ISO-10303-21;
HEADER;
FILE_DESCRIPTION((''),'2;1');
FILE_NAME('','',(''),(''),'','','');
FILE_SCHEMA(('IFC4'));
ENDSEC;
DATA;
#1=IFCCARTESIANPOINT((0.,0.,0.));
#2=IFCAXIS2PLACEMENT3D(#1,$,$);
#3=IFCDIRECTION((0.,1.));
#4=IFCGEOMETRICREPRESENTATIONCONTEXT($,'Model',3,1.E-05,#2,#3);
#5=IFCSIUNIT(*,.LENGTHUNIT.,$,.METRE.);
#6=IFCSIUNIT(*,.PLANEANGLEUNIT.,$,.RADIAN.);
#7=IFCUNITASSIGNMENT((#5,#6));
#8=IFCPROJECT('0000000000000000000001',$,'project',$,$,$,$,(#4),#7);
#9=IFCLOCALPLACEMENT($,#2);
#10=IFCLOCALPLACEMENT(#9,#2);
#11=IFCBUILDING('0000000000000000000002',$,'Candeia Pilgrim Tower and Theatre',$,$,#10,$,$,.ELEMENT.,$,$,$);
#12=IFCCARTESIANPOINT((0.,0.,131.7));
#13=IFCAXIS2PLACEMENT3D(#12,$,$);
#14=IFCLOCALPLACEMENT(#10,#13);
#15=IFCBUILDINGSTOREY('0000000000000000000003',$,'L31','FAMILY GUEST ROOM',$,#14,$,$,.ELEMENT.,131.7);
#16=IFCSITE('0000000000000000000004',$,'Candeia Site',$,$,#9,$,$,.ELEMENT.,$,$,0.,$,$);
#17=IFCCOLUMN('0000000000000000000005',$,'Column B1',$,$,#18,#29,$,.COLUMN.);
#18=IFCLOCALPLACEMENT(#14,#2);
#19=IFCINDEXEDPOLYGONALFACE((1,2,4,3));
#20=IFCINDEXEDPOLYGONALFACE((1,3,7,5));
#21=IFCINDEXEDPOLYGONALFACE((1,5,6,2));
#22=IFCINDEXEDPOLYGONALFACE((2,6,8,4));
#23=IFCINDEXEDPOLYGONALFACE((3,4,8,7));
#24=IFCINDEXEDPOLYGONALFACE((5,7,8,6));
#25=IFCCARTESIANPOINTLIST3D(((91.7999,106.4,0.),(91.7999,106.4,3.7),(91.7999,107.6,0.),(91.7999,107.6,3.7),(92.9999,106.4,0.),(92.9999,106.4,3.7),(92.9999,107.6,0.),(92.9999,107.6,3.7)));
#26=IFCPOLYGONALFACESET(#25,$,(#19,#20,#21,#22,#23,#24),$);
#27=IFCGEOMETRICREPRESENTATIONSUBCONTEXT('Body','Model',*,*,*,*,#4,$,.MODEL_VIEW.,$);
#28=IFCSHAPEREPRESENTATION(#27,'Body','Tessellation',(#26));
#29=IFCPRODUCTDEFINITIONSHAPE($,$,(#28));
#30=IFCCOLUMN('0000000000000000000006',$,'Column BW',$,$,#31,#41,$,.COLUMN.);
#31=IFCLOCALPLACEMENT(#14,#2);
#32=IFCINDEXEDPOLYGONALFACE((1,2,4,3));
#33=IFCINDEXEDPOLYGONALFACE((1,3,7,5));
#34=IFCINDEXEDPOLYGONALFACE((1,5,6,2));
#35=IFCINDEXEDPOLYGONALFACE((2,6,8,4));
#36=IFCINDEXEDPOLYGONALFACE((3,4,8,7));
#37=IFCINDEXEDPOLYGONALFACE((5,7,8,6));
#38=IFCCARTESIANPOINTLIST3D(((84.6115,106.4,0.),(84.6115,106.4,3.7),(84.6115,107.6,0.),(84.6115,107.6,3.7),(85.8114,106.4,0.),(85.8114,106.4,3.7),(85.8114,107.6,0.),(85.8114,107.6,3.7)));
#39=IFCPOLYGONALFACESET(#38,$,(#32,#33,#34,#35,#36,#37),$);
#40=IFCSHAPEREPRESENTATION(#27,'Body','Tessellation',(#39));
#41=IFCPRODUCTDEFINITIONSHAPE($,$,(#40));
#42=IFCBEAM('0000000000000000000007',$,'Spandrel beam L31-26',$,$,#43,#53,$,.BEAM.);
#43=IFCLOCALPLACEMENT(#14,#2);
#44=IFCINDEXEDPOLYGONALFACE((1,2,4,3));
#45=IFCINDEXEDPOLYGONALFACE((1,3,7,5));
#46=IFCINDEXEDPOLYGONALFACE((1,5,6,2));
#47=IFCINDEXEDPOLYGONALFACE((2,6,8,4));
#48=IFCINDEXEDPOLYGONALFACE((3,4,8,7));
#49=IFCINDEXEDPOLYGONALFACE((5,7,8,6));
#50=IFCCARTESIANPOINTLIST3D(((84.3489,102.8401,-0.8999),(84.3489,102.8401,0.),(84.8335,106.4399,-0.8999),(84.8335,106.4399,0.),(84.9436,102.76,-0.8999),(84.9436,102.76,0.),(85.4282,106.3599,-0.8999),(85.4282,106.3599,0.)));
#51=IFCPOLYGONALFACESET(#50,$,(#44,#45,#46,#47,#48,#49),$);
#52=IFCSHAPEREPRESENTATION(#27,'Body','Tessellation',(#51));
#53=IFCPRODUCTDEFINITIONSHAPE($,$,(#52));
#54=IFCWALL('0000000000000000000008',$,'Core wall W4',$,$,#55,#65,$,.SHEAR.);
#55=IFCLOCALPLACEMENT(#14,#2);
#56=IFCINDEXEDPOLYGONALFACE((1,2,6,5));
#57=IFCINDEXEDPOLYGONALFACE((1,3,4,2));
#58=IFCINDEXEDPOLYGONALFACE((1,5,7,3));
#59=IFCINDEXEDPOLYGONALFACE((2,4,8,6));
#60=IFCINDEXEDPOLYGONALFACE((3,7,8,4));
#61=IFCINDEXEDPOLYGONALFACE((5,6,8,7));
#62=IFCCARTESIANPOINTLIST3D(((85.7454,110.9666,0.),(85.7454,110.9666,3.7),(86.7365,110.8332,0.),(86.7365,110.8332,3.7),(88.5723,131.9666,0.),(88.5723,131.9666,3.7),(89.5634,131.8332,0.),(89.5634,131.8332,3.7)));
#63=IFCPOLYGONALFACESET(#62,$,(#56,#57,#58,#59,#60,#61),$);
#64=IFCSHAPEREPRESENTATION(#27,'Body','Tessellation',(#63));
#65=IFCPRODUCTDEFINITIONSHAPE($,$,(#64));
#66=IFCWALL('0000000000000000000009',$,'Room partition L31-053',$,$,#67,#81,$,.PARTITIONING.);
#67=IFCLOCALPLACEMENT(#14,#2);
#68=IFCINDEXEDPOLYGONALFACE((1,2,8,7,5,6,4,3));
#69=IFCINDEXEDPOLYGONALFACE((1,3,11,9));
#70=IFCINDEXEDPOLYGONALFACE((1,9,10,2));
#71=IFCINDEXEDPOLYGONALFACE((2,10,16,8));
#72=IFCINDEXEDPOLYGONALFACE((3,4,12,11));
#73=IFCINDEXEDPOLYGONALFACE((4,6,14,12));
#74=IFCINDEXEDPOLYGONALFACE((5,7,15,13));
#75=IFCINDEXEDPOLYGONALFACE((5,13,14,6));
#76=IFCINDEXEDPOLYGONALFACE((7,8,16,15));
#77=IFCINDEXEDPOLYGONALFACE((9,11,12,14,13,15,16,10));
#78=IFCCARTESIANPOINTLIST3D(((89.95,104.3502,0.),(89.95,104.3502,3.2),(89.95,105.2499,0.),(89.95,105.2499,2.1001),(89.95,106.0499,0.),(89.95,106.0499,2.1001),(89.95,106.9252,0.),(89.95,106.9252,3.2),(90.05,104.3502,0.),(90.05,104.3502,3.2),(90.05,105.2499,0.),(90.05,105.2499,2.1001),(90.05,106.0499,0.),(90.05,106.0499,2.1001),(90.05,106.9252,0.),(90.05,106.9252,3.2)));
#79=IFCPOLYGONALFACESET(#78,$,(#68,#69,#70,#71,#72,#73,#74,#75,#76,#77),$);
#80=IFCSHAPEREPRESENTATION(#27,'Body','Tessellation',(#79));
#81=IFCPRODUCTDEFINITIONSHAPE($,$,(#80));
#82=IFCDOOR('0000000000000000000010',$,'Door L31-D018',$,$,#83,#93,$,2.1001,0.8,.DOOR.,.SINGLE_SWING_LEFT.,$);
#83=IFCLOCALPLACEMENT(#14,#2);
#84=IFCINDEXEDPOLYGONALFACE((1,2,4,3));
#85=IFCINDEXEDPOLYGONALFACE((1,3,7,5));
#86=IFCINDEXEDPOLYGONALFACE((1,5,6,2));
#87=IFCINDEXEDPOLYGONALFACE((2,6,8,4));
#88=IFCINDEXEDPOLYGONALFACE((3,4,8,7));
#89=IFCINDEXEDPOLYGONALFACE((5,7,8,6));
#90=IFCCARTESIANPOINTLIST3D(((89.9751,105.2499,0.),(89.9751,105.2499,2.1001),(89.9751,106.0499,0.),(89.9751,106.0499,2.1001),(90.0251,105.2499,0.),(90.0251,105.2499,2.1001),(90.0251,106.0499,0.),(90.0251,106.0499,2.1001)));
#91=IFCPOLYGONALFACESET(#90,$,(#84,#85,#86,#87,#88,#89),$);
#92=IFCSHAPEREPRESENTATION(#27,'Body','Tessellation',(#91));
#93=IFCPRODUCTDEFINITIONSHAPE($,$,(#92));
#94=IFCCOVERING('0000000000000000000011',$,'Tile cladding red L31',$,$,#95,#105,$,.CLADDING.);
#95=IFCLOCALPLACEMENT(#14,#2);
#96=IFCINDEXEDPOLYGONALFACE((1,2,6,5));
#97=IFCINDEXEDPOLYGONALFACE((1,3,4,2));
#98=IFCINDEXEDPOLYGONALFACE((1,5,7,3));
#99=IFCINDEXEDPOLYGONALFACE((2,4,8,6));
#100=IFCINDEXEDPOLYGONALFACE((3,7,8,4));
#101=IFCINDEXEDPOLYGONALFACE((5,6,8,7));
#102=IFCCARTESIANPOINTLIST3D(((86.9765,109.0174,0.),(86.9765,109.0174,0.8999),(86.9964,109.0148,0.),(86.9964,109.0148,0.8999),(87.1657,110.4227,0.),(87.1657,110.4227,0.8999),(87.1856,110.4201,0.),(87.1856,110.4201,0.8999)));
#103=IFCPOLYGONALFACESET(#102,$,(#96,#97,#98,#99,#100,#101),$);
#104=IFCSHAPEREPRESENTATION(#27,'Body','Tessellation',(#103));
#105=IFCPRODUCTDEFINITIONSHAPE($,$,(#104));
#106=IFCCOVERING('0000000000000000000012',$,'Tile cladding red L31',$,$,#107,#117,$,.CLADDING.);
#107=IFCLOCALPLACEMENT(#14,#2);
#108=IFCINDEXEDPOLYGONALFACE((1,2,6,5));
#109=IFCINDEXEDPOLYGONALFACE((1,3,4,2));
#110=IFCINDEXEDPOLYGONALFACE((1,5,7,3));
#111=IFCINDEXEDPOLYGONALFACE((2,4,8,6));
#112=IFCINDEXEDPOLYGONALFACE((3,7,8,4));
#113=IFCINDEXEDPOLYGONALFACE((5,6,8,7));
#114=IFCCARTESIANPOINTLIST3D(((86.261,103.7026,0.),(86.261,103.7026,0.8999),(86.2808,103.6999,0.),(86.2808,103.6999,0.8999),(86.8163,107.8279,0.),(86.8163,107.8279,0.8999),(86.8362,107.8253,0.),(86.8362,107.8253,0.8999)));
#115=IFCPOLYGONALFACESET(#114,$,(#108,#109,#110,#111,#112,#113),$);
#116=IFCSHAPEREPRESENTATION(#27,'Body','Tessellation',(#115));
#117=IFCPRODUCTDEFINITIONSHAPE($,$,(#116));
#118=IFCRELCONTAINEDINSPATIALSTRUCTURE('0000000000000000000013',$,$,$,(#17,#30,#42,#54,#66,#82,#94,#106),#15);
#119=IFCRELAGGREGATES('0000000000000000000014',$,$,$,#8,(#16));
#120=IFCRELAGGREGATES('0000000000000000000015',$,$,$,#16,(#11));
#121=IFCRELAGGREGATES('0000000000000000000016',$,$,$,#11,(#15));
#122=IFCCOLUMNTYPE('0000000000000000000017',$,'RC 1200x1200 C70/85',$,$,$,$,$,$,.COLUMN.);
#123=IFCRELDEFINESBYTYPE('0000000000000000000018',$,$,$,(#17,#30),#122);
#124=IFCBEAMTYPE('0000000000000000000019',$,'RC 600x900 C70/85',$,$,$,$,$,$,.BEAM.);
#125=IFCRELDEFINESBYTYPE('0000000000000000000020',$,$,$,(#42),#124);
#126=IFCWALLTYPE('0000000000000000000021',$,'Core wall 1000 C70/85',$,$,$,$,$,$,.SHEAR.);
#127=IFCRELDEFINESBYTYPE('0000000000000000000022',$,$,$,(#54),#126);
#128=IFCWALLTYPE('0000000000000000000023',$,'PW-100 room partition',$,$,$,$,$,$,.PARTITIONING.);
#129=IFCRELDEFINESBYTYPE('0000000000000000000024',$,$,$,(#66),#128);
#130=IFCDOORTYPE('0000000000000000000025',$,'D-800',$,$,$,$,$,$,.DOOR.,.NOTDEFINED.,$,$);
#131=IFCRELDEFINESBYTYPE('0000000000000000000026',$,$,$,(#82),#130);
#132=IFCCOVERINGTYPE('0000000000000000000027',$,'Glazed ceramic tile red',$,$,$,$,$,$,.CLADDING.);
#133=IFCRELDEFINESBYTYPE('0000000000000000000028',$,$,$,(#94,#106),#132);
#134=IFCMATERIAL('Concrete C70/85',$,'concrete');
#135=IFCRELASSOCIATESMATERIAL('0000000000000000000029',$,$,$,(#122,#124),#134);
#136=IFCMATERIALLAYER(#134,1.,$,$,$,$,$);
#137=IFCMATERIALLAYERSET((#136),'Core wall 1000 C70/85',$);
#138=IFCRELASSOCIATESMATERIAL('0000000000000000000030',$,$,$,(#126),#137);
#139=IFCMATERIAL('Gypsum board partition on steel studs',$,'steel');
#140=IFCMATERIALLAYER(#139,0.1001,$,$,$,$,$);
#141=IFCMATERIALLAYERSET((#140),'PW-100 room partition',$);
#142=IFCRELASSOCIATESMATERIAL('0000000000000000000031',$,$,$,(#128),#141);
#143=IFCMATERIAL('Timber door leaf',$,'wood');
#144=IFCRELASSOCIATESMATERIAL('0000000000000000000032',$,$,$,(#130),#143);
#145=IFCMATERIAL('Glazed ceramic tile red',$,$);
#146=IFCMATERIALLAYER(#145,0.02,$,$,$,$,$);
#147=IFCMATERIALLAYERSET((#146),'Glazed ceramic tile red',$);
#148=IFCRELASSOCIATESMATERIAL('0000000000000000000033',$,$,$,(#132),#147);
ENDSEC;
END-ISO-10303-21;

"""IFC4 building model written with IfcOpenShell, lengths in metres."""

from ifc_helpers import new_model, si_unit, direction, frame, frame_2d, origin, origin_2d, place, context, subcontext, project, spatial, rectangle, extrude, material, layer, layer_set, material_profile, profile_set, type_object, element, fill, save


model = new_model("IFC4")

# Units and contexts
model_context = context("Model", 3, precision=1e-05, world=origin(), true_north=direction((0.0, 1.0)))
body_context = subcontext(model_context, "Body", "Model", "MODEL_VIEW")
ifc_project = project(units=[si_unit("LENGTHUNIT", "METRE"), si_unit("PLANEANGLEUNIT", "RADIAN")], contexts=[model_context])

# Site, building, storey
site_placement = place(None, origin())
site = spatial("IfcSite", under=ifc_project, at=site_placement, Name="Candeia Site", CompositionType="ELEMENT", RefElevation=0.0)
building_placement = place(site_placement, origin())
building = spatial("IfcBuilding", under=site, at=building_placement, Name="Candeia Pilgrim Tower and Theatre", CompositionType="ELEMENT")
storey_placement = place(building_placement, frame((0.0, 0.0, 131.7)))
storey = spatial("IfcBuildingStorey", under=building, at=storey_placement, Name="L31", Description="FAMILY GUEST ROOM", CompositionType="ELEMENT", Elevation=131.7)

# Columns
ifc_material_1 = material(Name="Concrete C70/85", Category="concrete")
ifc_material_profile_1 = material_profile(ifc_material_1, rectangle(XDim=1.2, YDim=1.2, at=origin_2d()))
ifc_profile_set_1 = profile_set([ifc_material_profile_1], Name="Concrete C70/85")
column_type = type_object("IfcColumnType", Name="RC 1200x1200 C70/85", PredefinedType="COLUMN", material=ifc_profile_set_1)
for number, where, z_axis, x_axis, name in (
    (1, (92.3999, 107.0, 0.0), (0.0, 0.0, 1.0), (1.0, 0.0, 0.0), "Column B1"),
    (2, (85.2114, 107.0, 0.0), (0.0, 0.0, 1.0), (1.0, 0.0, 0.0), "Column BW"),
):
    element("IfcColumn", number, at=place(storey_placement, frame(where, z_axis=z_axis, x_axis=x_axis)), inside=storey, type_object=column_type, Name=name, PredefinedType="COLUMN", context=body_context, shape_type="SweptSolid", body=[
        extrude(rectangle(XDim=1.2, YDim=1.2, at=origin_2d()), origin(), (0.0, 0.0, 1.0), 3.7),
    ])

# Beam
ifc_material_profile_2 = material_profile(ifc_material_1, rectangle(XDim=0.6001, YDim=0.8999, at=origin_2d()))
ifc_profile_set_2 = profile_set([ifc_material_profile_2], Name="Concrete C70/85")
beam_type = type_object("IfcBeamType", Name="RC 600x900 C70/85", PredefinedType="BEAM", material=ifc_profile_set_2)
beam_placement = place(storey_placement, frame((85.1309, 106.3999, -0.45), z_axis=(-0.133418, -0.99106, 0.0), x_axis=(0.99106, -0.133418, 0.0)))
element("IfcBeam", 3, at=beam_placement, inside=storey, type_object=beam_type, Name="Spandrel beam L31-26", PredefinedType="BEAM", context=body_context, shape_type="SweptSolid", body=[
    extrude(rectangle(XDim=0.6001, YDim=0.8999, at=origin_2d()), origin(), (0.0, 0.0, 1.0), 3.6323),
])

# Wall
ifc_layer_1 = layer(ifc_material_1, 1.0)
ifc_layer_set_1 = layer_set([ifc_layer_1], Name="Core wall 1000 C70/85")
wall_type_1 = type_object("IfcWallType", Name="Core wall 1000 C70/85", PredefinedType="SHEAR", material=ifc_layer_set_1)
wall_1_placement = place(storey_placement, frame((86.241, 110.8999, 0.0), z_axis=(0.0, 0.0, 1.0), x_axis=(0.133411, 0.991061, 0.0)))
element("IfcWall", 4, at=wall_1_placement, inside=storey, type_object=wall_type_1, Name="Core wall W4", PredefinedType="SHEAR", context=body_context, shape_type="SweptSolid", body=[
    extrude(rectangle(XDim=21.1895, YDim=1.0, at=frame_2d((10.5947, 0.0))), origin(), (0.0, 0.0, 1.0), 3.7),
])

# Wall, opening, door
ifc_material_2 = material(Name="Gypsum board partition on steel studs", Category="steel")
ifc_layer_2 = layer(ifc_material_2, 0.1001)
ifc_layer_set_2 = layer_set([ifc_layer_2], Name="PW-100 room partition")
wall_type_2 = type_object("IfcWallType", Name="PW-100 room partition", PredefinedType="PARTITIONING", material=ifc_layer_set_2)
wall_2_placement = place(storey_placement, frame((90.0, 104.3501, 0.0), z_axis=(0.0, 0.0, 1.0), x_axis=(0.0, 1.0, 0.0)))
wall_2 = element("IfcWall", 5, at=wall_2_placement, inside=storey, type_object=wall_type_2, Name="Room partition L31-053", PredefinedType="PARTITIONING", context=body_context, shape_type="SweptSolid", body=[
    extrude(rectangle(XDim=2.575, YDim=0.1001, at=frame_2d((1.2876, 0.0))), origin(), (0.0, 0.0, 1.0), 3.2),
])
opening_1_placement = place(wall_2_placement, frame((0.8999, 0.0, 0.0)))
opening_1 = element("IfcOpeningElement", 6, at=opening_1_placement, cuts=wall_2, PredefinedType="OPENING", context=body_context, shape_type="SweptSolid", body=[
    extrude(rectangle(XDim=0.8, YDim=2.1001, at=frame_2d((0.3999, 1.05))), frame((0.0, 0.0601, 0.0), z_axis=(0.0, -1.0, 0.0), x_axis=(1.0, 0.0, 0.0)), (0.0, 0.0, 1.0), 0.1201),
])
ifc_material_3 = material(Name="Timber door leaf", Category="wood")
door_type_1 = type_object("IfcDoorType", Name="D-800", OperationType="NOTDEFINED", PredefinedType="DOOR", material=ifc_material_3)
door_1_placement = place(opening_1_placement, origin())
door_1 = element("IfcDoor", 7, at=door_1_placement, inside=storey, type_object=door_type_1, Name="Door L31-D018", OperationType="SINGLE_SWING_LEFT", OverallHeight=2.1001, OverallWidth=0.8, PredefinedType="DOOR", context=body_context, shape_type="SweptSolid", body=[
    extrude(rectangle(XDim=0.8, YDim=2.1001, at=frame_2d((0.3999, 1.05))), frame((0.0, 0.0249, 0.0), z_axis=(0.0, -1.0, 0.0), x_axis=(1.0, 0.0, 0.0)), (0.0, 0.0, 1.0), 0.05),
])
fill(opening_1, door_1)

# Coverings
ifc_material_4 = material(Name="Glazed ceramic tile red")
ifc_layer_3 = layer(ifc_material_4, 0.02)
ifc_layer_set_3 = layer_set([ifc_layer_3], Name="Glazed ceramic tile red")
covering_type = type_object("IfcCoveringType", Name="Glazed ceramic tile red", PredefinedType="CLADDING", material=ifc_layer_set_3)
covering_1_placement = place(storey_placement, frame((87.0811, 109.7188, 0.0), z_axis=(0.0, 0.0, 1.0), x_axis=(-0.133412, -0.991061, 0.0)))
element("IfcCovering", 8, at=covering_1_placement, inside=storey, type_object=covering_type, Name="Tile cladding red L31", PredefinedType="CLADDING", context=body_context, shape_type="SweptSolid", body=[
    extrude(rectangle(XDim=1.418, YDim=0.02, at=origin_2d()), origin(), (0.0, 0.0, 1.0), 0.8999),
])
covering_2_placement = place(storey_placement, frame((86.5486, 105.7639, 0.0), z_axis=(0.0, 0.0, 1.0), x_axis=(-0.133412, -0.991061, 0.0)))
element("IfcCovering", 9, at=covering_2_placement, inside=storey, type_object=covering_type, Name="Tile cladding red L31", PredefinedType="CLADDING", context=body_context, shape_type="SweptSolid", body=[
    extrude(rectangle(XDim=4.1626, YDim=0.02, at=origin_2d()), origin(), (0.0, 0.0, 1.0), 0.8999),
])

save(model, "model.ifc")
